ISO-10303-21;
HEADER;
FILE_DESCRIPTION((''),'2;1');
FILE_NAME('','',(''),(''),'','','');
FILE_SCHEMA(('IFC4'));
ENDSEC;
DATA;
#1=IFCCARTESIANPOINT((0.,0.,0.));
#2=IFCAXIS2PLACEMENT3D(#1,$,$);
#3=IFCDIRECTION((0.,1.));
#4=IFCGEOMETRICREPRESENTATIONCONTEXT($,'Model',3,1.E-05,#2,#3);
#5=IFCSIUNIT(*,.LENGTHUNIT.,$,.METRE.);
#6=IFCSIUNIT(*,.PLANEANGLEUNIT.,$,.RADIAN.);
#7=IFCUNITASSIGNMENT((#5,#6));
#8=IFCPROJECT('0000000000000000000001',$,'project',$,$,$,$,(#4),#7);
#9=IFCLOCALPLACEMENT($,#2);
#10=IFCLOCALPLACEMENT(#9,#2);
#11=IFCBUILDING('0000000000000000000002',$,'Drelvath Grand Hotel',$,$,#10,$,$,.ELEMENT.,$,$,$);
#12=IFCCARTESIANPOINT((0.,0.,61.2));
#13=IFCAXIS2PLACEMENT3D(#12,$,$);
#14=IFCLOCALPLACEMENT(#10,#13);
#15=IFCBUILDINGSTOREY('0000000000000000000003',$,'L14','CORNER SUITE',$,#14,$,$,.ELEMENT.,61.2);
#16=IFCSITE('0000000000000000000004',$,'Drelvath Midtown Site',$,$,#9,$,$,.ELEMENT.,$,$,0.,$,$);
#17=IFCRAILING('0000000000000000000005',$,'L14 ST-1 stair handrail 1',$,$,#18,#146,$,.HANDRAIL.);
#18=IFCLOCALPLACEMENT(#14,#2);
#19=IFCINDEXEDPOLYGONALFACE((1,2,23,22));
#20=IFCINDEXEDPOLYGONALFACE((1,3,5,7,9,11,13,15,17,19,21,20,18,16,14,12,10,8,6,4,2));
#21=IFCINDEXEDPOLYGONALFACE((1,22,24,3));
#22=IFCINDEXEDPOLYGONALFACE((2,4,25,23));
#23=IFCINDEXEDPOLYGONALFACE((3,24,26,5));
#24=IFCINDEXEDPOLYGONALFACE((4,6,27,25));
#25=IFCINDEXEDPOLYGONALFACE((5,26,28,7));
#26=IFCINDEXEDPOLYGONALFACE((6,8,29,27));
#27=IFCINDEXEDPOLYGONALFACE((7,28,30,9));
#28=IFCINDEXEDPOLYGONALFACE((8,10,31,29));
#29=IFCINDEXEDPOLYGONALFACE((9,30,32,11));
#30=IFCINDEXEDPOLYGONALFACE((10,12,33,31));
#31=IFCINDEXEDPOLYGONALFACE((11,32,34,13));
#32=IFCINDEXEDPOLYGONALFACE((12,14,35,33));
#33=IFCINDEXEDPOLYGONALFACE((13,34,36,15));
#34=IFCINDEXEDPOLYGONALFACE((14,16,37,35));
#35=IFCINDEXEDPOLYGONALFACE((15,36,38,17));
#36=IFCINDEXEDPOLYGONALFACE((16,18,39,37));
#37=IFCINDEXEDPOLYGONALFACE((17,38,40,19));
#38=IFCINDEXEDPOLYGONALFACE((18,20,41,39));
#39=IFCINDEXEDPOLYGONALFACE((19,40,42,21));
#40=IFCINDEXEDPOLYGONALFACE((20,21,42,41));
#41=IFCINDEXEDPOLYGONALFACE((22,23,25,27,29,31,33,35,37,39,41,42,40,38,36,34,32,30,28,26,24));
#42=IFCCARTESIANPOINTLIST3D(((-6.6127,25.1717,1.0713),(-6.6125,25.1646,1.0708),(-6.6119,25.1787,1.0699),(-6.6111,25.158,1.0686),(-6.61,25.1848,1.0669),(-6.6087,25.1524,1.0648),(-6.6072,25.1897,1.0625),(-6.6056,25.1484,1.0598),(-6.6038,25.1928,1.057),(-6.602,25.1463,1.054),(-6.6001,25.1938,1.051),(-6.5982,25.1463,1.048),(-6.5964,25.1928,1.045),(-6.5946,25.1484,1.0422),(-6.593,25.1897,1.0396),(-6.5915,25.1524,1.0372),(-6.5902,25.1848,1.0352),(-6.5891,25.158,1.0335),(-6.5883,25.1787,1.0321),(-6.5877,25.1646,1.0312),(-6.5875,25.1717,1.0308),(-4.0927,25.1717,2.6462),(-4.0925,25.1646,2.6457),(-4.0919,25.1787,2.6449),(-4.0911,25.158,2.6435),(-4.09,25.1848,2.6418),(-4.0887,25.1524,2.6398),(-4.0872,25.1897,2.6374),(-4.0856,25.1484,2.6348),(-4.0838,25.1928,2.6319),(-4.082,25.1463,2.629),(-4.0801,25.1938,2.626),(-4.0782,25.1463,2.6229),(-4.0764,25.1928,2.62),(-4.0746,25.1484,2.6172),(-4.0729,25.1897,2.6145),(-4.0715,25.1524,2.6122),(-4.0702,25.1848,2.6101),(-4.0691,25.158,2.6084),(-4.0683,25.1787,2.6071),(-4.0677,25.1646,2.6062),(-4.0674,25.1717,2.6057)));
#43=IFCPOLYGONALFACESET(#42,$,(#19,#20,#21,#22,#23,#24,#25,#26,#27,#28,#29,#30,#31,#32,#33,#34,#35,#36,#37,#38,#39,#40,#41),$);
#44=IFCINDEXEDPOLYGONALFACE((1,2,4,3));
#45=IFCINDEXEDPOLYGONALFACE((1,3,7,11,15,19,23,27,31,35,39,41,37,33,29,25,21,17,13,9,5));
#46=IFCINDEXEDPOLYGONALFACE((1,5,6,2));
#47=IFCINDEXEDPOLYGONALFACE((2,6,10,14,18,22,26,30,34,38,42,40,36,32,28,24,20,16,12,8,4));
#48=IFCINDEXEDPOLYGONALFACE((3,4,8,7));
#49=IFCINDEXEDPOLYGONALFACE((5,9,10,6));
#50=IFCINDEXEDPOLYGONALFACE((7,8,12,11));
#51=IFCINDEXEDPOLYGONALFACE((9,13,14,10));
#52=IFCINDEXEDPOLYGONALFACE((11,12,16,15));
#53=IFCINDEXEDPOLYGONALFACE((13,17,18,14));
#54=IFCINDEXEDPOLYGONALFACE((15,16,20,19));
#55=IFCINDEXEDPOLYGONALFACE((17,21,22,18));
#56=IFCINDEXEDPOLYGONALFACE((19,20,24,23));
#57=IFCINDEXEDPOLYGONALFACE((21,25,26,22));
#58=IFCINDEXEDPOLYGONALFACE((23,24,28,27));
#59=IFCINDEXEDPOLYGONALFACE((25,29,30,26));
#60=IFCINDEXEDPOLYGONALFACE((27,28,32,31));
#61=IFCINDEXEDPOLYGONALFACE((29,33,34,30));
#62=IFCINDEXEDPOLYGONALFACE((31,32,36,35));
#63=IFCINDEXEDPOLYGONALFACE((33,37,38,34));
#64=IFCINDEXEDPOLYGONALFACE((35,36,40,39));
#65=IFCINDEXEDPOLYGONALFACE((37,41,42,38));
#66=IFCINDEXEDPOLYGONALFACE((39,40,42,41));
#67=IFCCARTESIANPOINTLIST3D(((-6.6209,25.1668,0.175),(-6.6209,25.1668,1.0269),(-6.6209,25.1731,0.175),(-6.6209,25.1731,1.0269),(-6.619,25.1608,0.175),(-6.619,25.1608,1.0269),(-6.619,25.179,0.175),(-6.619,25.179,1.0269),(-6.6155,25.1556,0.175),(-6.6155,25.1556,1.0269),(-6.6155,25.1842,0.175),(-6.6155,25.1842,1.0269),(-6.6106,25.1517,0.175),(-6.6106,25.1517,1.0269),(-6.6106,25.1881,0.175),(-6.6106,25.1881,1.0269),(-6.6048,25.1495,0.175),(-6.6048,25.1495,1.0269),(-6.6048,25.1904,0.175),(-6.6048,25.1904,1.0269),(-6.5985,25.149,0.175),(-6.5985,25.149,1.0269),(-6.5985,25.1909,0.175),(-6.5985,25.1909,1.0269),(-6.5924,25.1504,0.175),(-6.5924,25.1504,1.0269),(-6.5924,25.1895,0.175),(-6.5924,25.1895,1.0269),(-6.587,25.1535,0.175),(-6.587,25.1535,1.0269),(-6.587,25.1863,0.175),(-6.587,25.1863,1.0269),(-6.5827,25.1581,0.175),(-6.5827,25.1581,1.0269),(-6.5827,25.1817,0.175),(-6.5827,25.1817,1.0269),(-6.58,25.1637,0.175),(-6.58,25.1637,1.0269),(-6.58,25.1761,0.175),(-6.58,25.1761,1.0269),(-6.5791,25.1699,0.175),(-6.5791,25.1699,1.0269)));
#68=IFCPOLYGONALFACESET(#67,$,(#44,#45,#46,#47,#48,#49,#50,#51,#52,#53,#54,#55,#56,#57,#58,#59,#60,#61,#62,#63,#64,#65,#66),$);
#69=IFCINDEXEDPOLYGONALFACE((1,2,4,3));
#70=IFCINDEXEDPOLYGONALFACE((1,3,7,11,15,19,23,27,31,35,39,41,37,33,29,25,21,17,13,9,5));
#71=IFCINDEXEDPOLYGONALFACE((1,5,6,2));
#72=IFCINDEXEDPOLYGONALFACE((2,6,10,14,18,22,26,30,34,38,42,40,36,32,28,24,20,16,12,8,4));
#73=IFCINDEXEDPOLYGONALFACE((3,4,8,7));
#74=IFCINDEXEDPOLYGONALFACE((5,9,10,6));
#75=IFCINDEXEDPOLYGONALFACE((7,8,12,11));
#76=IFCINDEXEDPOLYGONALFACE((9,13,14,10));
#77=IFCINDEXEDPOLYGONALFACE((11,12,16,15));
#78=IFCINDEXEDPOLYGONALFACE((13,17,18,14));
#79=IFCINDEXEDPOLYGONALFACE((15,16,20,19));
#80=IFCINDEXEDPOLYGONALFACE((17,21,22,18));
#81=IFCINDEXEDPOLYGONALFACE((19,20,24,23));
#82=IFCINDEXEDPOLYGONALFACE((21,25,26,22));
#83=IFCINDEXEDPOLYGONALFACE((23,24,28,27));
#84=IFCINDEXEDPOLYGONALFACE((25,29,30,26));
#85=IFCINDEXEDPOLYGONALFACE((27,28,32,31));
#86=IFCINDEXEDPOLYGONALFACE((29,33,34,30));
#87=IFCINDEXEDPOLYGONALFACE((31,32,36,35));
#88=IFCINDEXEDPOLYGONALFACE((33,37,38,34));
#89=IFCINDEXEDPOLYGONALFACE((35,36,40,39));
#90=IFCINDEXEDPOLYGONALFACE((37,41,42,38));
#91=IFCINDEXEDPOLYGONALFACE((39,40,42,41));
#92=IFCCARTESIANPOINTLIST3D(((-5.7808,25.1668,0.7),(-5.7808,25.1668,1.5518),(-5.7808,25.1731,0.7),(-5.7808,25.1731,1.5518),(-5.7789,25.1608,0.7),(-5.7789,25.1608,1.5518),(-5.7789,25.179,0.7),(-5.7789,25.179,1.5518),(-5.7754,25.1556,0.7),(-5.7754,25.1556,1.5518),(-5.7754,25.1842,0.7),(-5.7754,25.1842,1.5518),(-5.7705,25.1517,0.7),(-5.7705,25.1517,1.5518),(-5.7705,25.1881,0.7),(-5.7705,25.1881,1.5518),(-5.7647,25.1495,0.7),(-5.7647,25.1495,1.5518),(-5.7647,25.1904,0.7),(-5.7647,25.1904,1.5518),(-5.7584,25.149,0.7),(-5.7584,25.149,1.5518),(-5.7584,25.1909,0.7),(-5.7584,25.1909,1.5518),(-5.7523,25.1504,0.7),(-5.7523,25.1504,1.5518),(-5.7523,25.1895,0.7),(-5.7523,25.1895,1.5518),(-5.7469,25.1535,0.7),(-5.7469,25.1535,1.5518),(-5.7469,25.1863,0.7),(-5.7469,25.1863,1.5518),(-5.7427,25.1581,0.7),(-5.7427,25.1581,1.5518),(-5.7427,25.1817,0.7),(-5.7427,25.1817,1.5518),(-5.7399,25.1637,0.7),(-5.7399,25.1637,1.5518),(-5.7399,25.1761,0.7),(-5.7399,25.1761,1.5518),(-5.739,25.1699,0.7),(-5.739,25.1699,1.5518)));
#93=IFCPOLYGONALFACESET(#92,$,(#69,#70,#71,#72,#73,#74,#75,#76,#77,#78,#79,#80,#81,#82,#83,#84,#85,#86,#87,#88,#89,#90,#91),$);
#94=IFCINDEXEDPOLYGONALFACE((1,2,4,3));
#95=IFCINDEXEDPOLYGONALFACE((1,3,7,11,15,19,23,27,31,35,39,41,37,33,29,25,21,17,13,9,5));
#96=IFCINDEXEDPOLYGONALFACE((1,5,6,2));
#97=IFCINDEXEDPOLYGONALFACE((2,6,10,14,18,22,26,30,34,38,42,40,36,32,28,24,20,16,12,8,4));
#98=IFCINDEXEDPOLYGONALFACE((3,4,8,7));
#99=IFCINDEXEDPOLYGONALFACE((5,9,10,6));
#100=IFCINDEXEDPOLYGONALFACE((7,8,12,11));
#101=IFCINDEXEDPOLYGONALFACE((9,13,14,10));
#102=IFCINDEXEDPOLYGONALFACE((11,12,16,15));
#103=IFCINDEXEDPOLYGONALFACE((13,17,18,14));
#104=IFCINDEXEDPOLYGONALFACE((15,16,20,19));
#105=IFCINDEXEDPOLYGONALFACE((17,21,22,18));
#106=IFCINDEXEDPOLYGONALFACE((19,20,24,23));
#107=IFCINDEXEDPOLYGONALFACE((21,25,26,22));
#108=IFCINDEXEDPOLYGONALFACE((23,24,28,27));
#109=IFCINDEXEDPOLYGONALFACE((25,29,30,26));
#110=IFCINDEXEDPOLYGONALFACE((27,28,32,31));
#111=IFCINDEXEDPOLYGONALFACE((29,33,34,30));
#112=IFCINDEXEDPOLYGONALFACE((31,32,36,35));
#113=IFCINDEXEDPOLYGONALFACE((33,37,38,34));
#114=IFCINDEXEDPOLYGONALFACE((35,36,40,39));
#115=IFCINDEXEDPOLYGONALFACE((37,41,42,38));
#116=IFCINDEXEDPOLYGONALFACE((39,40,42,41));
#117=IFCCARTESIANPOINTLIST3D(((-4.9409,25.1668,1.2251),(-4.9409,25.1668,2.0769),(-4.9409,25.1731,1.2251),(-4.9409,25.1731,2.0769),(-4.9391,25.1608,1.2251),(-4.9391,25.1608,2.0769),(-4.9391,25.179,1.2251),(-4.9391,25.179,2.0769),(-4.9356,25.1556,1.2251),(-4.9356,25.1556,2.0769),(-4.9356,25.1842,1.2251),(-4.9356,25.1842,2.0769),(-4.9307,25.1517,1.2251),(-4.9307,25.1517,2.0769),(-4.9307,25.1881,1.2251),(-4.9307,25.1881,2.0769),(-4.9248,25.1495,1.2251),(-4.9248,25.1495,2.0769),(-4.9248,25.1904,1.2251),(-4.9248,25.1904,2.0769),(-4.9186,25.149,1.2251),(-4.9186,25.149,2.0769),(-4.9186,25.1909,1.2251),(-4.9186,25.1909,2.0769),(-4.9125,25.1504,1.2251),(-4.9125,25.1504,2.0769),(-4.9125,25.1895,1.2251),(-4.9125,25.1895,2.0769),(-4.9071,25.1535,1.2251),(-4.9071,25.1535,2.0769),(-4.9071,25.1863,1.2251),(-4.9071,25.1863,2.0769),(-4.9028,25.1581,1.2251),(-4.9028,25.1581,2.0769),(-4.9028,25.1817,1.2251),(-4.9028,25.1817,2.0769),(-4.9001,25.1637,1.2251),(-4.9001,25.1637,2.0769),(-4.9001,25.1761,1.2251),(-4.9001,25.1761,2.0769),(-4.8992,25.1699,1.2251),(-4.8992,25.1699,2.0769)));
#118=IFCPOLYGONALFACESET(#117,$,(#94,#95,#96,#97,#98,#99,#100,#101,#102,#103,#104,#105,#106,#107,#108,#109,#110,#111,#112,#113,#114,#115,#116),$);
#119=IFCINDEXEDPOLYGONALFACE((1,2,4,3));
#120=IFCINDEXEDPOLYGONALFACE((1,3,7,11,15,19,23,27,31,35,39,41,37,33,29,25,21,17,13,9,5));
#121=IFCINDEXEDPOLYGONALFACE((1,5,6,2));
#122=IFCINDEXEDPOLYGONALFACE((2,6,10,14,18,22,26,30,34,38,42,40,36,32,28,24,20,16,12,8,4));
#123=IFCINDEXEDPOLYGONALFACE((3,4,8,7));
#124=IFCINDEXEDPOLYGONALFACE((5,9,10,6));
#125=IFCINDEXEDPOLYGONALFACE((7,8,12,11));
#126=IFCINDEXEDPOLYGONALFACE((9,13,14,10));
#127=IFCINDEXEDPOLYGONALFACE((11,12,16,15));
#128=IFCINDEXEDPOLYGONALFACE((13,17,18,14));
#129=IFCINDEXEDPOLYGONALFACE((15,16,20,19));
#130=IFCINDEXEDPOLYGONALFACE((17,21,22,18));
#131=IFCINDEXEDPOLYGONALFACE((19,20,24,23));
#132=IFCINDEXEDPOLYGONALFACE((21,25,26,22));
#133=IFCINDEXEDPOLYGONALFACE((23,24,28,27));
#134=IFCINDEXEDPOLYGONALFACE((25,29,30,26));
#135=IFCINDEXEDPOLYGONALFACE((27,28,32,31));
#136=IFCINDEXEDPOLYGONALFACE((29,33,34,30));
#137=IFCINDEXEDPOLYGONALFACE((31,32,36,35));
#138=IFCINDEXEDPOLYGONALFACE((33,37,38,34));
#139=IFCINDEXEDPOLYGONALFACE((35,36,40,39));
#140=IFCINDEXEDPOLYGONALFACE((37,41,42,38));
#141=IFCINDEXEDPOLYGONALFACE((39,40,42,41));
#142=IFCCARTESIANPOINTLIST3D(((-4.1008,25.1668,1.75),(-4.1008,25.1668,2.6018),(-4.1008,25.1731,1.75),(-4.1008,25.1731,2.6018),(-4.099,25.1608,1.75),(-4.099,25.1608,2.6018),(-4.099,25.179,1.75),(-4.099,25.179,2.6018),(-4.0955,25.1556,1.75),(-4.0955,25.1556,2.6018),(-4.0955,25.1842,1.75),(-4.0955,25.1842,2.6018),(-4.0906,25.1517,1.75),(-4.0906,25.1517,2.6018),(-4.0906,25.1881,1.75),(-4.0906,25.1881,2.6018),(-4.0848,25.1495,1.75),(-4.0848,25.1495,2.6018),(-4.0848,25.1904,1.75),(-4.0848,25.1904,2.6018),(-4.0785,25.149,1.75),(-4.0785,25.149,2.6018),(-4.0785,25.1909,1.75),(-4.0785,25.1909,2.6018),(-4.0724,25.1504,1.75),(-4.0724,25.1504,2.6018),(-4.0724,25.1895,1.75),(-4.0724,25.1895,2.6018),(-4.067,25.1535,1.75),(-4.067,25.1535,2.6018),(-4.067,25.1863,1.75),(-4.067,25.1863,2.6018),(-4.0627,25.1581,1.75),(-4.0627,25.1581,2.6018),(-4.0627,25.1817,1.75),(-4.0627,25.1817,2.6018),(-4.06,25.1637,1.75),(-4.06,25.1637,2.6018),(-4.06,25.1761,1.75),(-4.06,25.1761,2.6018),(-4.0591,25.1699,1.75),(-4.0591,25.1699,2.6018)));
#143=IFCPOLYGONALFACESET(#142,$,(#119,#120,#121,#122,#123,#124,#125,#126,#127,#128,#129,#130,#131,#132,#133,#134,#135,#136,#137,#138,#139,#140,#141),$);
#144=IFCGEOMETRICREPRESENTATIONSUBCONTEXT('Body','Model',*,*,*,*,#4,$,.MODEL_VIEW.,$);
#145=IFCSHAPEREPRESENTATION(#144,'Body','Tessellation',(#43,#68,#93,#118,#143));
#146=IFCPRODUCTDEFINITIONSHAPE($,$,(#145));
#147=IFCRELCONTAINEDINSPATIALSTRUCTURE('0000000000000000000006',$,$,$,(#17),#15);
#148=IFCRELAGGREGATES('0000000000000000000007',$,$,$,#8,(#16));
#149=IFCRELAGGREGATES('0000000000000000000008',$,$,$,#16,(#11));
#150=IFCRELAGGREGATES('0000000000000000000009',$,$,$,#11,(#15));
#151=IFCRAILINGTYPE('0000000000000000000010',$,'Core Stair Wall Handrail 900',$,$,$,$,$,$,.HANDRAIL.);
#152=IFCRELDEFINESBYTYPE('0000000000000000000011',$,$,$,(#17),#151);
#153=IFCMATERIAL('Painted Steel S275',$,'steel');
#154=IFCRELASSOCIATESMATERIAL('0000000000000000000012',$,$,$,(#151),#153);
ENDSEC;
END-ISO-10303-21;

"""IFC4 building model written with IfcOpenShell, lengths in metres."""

from ifc_helpers import new_model, si_unit, direction, frame, origin, origin_2d, place, context, subcontext, project, spatial, circle, extrude, material, type_object, element, save


model = new_model("IFC4")

# Units and contexts
model_context = context("Model", 3, precision=1e-05, world=origin(), true_north=direction((0.0, 1.0)))
body_context = subcontext(model_context, "Body", "Model", "MODEL_VIEW")
ifc_project = project(units=[si_unit("LENGTHUNIT", "METRE"), si_unit("PLANEANGLEUNIT", "RADIAN")], contexts=[model_context])

# Site, building, storey
site_placement = place(None, origin())
site = spatial("IfcSite", under=ifc_project, at=site_placement, Name="Drelvath Midtown Site", CompositionType="ELEMENT", RefElevation=0.0)
building_placement = place(site_placement, origin())
building = spatial("IfcBuilding", under=site, at=building_placement, Name="Drelvath Grand Hotel", CompositionType="ELEMENT")
storey_placement = place(building_placement, frame((0.0, 0.0, 61.2)))
storey = spatial("IfcBuildingStorey", under=building, at=storey_placement, Name="L14", Description="CORNER SUITE", CompositionType="ELEMENT", Elevation=61.2)

# Shared definitions
ifc_material_1 = material(Name="Painted Steel S275", Category="steel")

# Railing
railing_type_1 = type_object("IfcRailingType", Name="Core Stair Wall Handrail 900", PredefinedType="HANDRAIL", material=ifc_material_1)
railing_1_placement = place(storey_placement, frame((-6.6001, 25.1699, 0.175)))
element("IfcRailing", 1, at=railing_1_placement, inside=storey, type_object=railing_type_1, Name="L14 ST-1 stair handrail 1", PredefinedType="HANDRAIL", context=body_context, shape_type="SweptSolid", body=[
    extrude(circle(Radius=0.0239, at=origin_2d()), frame((0.0, 0.0, 0.876), z_axis=(0.848008, 0.0, 0.529984), x_axis=(0.0, 1.0, 0.0)), (0.0, 0.0, 1.0), 2.9717),
    extrude(circle(Radius=0.021, at=origin_2d()), origin(), (0.0, 0.0, 1.0), 0.8518),
    extrude(circle(Radius=0.021, at=origin_2d()), frame((0.8401, 0.0, 0.5249)), (0.0, 0.0, 1.0), 0.8518),
    extrude(circle(Radius=0.021, at=origin_2d()), frame((1.6799, 0.0, 1.05)), (0.0, 0.0, 1.0), 0.8518),
    extrude(circle(Radius=0.021, at=origin_2d()), frame((2.52, 0.0, 1.575)), (0.0, 0.0, 1.0), 0.8518),
])

save(model, "model.ifc")
